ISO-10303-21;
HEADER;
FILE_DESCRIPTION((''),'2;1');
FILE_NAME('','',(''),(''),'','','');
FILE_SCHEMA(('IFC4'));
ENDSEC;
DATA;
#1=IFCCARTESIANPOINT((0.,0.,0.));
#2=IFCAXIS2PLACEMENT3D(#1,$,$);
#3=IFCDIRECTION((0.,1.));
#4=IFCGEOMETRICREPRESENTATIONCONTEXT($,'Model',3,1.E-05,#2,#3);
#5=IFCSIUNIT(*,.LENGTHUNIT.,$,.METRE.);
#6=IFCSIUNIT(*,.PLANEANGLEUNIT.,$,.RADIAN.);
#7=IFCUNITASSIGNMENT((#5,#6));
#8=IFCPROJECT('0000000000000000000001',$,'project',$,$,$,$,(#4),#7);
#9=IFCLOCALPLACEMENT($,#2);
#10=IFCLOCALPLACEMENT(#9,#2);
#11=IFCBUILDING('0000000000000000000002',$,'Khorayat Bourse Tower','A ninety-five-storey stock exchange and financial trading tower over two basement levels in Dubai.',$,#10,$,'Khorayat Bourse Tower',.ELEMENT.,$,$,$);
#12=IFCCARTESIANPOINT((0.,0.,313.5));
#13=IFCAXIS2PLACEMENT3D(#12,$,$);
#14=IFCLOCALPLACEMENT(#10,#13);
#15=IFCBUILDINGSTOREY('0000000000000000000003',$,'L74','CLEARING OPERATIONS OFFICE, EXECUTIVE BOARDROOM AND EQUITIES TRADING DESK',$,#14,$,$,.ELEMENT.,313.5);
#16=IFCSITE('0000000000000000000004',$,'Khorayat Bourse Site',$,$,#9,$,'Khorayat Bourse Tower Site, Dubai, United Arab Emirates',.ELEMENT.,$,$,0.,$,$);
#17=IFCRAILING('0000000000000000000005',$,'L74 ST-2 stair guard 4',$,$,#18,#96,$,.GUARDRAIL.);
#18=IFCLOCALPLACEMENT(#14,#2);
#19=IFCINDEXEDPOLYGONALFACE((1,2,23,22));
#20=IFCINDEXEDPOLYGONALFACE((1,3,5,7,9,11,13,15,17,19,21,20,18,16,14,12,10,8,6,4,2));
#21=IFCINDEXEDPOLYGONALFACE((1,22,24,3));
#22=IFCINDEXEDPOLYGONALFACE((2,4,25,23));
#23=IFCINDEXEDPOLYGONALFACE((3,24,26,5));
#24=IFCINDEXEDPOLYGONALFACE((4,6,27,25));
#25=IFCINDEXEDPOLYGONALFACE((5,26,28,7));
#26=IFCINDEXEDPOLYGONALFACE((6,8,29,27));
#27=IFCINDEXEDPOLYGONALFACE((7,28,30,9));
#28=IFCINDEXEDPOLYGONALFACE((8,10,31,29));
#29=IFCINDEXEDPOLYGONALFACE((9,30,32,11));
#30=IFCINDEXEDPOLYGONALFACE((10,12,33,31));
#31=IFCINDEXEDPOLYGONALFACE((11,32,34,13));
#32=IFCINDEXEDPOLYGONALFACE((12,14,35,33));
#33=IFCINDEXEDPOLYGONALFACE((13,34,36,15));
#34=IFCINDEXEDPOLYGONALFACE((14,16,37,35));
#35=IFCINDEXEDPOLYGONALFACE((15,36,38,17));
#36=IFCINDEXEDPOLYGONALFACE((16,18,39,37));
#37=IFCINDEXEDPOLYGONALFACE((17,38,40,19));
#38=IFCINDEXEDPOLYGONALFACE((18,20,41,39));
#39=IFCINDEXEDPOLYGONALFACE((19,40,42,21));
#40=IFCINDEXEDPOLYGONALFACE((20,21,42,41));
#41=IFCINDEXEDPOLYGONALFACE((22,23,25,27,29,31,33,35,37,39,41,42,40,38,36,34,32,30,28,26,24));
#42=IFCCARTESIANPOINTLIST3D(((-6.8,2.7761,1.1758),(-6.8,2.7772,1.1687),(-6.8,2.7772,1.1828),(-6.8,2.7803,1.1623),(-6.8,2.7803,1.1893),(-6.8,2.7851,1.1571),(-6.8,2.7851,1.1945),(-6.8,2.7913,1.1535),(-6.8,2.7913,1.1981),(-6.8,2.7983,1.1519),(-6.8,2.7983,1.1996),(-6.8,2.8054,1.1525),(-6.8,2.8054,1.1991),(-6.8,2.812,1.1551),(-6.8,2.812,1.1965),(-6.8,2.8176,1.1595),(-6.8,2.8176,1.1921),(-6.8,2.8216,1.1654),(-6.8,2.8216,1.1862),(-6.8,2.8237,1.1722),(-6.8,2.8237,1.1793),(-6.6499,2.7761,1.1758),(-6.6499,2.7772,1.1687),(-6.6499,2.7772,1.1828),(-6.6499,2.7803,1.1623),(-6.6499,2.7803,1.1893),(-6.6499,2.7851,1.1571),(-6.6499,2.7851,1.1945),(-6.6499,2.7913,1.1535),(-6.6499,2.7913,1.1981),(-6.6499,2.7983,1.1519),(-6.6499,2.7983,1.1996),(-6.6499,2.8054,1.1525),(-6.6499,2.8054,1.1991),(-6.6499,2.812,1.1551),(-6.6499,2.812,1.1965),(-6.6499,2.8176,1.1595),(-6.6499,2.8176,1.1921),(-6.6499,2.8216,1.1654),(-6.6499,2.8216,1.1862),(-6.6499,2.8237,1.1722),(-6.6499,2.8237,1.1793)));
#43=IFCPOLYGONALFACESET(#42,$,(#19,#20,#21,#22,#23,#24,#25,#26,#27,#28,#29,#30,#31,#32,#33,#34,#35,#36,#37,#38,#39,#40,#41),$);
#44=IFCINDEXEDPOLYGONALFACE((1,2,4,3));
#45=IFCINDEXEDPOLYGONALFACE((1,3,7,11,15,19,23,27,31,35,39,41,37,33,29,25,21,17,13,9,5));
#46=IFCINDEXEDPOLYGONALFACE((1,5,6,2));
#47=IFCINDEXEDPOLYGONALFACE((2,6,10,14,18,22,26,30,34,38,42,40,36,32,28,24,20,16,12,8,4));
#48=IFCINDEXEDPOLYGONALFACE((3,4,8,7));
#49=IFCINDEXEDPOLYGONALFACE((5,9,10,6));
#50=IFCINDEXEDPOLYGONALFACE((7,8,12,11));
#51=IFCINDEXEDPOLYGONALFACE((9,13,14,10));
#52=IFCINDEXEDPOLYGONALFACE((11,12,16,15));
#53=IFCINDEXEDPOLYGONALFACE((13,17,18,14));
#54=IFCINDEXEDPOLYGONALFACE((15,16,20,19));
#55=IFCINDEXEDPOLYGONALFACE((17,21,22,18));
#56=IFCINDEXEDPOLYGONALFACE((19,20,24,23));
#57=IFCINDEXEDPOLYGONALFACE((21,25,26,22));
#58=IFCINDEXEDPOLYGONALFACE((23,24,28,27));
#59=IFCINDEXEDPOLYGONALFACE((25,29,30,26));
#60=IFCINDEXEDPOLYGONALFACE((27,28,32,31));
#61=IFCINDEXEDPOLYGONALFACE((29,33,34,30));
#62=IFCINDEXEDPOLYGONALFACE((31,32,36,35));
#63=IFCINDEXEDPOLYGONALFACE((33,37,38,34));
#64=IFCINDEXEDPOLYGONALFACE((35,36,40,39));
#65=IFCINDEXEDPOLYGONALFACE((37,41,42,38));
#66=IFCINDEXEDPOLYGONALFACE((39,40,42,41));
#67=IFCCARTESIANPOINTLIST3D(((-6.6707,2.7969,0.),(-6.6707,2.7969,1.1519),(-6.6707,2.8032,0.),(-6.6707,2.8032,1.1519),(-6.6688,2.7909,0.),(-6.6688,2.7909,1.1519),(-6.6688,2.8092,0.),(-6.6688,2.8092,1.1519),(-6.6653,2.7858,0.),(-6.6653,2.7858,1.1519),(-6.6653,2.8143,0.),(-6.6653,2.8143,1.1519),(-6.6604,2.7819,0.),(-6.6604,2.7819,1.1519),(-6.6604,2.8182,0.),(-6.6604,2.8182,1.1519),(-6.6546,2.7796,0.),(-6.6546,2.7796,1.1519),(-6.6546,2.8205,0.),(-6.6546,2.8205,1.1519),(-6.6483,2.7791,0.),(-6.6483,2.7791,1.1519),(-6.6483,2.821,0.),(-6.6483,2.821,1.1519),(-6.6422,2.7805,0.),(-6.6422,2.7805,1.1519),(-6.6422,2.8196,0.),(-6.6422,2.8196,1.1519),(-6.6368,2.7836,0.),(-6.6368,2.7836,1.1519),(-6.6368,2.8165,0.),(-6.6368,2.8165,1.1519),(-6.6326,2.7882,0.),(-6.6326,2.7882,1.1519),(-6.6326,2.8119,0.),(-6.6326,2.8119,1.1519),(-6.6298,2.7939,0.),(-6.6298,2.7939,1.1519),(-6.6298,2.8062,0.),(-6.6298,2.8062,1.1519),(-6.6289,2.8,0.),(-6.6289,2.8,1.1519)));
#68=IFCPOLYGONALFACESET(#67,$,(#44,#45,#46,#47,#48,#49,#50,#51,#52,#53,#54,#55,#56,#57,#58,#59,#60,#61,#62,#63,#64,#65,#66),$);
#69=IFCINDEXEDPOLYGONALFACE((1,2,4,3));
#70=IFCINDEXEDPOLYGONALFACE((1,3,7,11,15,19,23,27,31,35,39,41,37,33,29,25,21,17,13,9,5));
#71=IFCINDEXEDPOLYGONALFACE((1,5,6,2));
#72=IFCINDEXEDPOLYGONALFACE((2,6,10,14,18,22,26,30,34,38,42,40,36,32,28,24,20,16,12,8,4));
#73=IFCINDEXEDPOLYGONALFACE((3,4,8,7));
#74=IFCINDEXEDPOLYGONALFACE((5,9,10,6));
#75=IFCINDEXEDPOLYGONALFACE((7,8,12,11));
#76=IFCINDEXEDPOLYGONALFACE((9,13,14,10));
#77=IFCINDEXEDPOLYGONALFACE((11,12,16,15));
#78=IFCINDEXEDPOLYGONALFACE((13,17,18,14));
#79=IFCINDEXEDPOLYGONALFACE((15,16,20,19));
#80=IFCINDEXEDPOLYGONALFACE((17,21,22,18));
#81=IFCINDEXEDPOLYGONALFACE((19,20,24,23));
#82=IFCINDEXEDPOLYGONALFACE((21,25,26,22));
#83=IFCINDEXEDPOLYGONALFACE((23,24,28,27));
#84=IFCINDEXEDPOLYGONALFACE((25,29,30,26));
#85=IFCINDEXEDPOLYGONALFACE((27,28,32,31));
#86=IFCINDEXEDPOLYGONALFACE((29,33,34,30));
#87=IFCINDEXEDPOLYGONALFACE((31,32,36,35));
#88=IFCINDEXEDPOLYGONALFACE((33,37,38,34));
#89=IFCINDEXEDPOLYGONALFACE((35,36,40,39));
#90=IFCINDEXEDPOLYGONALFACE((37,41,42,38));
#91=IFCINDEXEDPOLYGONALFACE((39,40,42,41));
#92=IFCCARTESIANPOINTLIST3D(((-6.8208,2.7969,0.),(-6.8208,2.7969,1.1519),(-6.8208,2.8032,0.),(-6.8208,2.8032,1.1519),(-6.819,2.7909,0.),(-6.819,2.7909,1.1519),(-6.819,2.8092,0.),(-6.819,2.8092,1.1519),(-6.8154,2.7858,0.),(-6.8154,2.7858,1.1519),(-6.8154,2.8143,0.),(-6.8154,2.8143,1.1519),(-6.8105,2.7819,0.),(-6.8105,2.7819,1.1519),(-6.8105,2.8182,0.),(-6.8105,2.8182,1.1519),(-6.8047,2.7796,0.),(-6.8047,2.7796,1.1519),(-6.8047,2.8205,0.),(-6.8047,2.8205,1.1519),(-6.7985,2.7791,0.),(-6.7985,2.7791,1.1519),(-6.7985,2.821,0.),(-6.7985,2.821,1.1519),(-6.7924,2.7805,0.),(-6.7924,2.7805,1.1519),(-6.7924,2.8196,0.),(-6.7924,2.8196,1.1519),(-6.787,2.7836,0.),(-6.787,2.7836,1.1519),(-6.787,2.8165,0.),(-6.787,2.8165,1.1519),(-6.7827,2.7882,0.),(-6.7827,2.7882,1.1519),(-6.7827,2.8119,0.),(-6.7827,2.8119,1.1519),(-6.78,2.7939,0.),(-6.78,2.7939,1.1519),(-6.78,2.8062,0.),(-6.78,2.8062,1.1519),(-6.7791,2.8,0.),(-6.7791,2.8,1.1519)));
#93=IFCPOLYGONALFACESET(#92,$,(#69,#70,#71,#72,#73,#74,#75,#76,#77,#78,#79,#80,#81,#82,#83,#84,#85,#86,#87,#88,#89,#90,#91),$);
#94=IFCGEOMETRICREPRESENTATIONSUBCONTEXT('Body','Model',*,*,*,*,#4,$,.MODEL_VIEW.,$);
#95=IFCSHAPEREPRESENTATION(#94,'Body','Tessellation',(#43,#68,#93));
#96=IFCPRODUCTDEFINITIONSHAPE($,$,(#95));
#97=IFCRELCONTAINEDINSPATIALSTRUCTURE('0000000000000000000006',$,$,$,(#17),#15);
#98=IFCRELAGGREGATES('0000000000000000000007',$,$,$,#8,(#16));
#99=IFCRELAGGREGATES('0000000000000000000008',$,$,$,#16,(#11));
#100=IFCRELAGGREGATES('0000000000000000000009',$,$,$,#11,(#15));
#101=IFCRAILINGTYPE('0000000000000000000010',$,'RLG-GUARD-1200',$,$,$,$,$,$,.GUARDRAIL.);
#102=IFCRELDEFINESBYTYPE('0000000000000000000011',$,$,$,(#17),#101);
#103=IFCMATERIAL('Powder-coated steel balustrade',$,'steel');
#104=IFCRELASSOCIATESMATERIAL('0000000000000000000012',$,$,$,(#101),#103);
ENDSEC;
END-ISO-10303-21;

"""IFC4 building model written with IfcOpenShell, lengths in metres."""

from ifc_helpers import new_model, si_unit, direction, frame, origin, origin_2d, place, context, subcontext, project, spatial, circle, extrude, source, transform, mapped, material, type_object, element, save


model = new_model("IFC4")

# Units and contexts
model_context = context("Model", 3, precision=1e-05, world=origin(), true_north=direction((0.0, 1.0)))
body_context = subcontext(model_context, "Body", "Model", "MODEL_VIEW")
ifc_project = project(units=[si_unit("LENGTHUNIT", "METRE"), si_unit("PLANEANGLEUNIT", "RADIAN")], contexts=[model_context])

# Site, building, storey
site_placement = place(None, origin())
site = spatial("IfcSite", under=ifc_project, at=site_placement, Name="Khorayat Bourse Site", LongName="Khorayat Bourse Tower Site, Dubai, United Arab Emirates", CompositionType="ELEMENT", RefElevation=0.0)
building_placement = place(site_placement, origin())
building = spatial("IfcBuilding", under=site, at=building_placement, Name="Khorayat Bourse Tower", Description="A ninety-five-storey stock exchange and financial trading tower over two basement levels in Dubai.", LongName="Khorayat Bourse Tower", CompositionType="ELEMENT")
storey_placement = place(building_placement, frame((0.0, 0.0, 313.5)))
storey = spatial("IfcBuildingStorey", under=building, at=storey_placement, Name="L74", Description="CLEARING OPERATIONS OFFICE, EXECUTIVE BOARDROOM AND EQUITIES TRADING DESK", CompositionType="ELEMENT", Elevation=313.5)

# Railing
ifc_material_1 = material(Name="Powder-coated steel balustrade", Category="steel")
railing_type_1 = type_object("IfcRailingType", Name="RLG-GUARD-1200", PredefinedType="GUARDRAIL", material=ifc_material_1)
shared_shape_1 = source(origin(), body_context, "Body", "SweptSolid", [
    extrude(circle(Radius=0.0239, at=origin_2d()), frame((0.0, 0.0, 1.1758), z_axis=(-1.0, 0.0, 0.0), x_axis=(0.0, -1.0, 0.0)), (0.0, 0.0, 1.0), 0.1501),
    extrude(circle(Radius=0.021, at=origin_2d()), origin(), (0.0, 0.0, 1.0), 1.1519),
    extrude(circle(Radius=0.021, at=origin_2d()), frame((-0.1501, 0.0, 0.0)), (0.0, 0.0, 1.0), 1.1519),
])
for number, where, name in (
    (1, (-6.6499, 2.8, 0.0), "L74 ST-2 stair guard 4"),
):
    element("IfcRailing", number, at=place(storey_placement, frame(where)), inside=storey, type_object=railing_type_1, Name=name, PredefinedType="GUARDRAIL", context=body_context, shape_type="MappedRepresentation", body=[
        mapped(shared_shape_1, transform((0.0, 0.0, 0.0), scale=1.0)),
    ])

save(model, "model.ifc")
